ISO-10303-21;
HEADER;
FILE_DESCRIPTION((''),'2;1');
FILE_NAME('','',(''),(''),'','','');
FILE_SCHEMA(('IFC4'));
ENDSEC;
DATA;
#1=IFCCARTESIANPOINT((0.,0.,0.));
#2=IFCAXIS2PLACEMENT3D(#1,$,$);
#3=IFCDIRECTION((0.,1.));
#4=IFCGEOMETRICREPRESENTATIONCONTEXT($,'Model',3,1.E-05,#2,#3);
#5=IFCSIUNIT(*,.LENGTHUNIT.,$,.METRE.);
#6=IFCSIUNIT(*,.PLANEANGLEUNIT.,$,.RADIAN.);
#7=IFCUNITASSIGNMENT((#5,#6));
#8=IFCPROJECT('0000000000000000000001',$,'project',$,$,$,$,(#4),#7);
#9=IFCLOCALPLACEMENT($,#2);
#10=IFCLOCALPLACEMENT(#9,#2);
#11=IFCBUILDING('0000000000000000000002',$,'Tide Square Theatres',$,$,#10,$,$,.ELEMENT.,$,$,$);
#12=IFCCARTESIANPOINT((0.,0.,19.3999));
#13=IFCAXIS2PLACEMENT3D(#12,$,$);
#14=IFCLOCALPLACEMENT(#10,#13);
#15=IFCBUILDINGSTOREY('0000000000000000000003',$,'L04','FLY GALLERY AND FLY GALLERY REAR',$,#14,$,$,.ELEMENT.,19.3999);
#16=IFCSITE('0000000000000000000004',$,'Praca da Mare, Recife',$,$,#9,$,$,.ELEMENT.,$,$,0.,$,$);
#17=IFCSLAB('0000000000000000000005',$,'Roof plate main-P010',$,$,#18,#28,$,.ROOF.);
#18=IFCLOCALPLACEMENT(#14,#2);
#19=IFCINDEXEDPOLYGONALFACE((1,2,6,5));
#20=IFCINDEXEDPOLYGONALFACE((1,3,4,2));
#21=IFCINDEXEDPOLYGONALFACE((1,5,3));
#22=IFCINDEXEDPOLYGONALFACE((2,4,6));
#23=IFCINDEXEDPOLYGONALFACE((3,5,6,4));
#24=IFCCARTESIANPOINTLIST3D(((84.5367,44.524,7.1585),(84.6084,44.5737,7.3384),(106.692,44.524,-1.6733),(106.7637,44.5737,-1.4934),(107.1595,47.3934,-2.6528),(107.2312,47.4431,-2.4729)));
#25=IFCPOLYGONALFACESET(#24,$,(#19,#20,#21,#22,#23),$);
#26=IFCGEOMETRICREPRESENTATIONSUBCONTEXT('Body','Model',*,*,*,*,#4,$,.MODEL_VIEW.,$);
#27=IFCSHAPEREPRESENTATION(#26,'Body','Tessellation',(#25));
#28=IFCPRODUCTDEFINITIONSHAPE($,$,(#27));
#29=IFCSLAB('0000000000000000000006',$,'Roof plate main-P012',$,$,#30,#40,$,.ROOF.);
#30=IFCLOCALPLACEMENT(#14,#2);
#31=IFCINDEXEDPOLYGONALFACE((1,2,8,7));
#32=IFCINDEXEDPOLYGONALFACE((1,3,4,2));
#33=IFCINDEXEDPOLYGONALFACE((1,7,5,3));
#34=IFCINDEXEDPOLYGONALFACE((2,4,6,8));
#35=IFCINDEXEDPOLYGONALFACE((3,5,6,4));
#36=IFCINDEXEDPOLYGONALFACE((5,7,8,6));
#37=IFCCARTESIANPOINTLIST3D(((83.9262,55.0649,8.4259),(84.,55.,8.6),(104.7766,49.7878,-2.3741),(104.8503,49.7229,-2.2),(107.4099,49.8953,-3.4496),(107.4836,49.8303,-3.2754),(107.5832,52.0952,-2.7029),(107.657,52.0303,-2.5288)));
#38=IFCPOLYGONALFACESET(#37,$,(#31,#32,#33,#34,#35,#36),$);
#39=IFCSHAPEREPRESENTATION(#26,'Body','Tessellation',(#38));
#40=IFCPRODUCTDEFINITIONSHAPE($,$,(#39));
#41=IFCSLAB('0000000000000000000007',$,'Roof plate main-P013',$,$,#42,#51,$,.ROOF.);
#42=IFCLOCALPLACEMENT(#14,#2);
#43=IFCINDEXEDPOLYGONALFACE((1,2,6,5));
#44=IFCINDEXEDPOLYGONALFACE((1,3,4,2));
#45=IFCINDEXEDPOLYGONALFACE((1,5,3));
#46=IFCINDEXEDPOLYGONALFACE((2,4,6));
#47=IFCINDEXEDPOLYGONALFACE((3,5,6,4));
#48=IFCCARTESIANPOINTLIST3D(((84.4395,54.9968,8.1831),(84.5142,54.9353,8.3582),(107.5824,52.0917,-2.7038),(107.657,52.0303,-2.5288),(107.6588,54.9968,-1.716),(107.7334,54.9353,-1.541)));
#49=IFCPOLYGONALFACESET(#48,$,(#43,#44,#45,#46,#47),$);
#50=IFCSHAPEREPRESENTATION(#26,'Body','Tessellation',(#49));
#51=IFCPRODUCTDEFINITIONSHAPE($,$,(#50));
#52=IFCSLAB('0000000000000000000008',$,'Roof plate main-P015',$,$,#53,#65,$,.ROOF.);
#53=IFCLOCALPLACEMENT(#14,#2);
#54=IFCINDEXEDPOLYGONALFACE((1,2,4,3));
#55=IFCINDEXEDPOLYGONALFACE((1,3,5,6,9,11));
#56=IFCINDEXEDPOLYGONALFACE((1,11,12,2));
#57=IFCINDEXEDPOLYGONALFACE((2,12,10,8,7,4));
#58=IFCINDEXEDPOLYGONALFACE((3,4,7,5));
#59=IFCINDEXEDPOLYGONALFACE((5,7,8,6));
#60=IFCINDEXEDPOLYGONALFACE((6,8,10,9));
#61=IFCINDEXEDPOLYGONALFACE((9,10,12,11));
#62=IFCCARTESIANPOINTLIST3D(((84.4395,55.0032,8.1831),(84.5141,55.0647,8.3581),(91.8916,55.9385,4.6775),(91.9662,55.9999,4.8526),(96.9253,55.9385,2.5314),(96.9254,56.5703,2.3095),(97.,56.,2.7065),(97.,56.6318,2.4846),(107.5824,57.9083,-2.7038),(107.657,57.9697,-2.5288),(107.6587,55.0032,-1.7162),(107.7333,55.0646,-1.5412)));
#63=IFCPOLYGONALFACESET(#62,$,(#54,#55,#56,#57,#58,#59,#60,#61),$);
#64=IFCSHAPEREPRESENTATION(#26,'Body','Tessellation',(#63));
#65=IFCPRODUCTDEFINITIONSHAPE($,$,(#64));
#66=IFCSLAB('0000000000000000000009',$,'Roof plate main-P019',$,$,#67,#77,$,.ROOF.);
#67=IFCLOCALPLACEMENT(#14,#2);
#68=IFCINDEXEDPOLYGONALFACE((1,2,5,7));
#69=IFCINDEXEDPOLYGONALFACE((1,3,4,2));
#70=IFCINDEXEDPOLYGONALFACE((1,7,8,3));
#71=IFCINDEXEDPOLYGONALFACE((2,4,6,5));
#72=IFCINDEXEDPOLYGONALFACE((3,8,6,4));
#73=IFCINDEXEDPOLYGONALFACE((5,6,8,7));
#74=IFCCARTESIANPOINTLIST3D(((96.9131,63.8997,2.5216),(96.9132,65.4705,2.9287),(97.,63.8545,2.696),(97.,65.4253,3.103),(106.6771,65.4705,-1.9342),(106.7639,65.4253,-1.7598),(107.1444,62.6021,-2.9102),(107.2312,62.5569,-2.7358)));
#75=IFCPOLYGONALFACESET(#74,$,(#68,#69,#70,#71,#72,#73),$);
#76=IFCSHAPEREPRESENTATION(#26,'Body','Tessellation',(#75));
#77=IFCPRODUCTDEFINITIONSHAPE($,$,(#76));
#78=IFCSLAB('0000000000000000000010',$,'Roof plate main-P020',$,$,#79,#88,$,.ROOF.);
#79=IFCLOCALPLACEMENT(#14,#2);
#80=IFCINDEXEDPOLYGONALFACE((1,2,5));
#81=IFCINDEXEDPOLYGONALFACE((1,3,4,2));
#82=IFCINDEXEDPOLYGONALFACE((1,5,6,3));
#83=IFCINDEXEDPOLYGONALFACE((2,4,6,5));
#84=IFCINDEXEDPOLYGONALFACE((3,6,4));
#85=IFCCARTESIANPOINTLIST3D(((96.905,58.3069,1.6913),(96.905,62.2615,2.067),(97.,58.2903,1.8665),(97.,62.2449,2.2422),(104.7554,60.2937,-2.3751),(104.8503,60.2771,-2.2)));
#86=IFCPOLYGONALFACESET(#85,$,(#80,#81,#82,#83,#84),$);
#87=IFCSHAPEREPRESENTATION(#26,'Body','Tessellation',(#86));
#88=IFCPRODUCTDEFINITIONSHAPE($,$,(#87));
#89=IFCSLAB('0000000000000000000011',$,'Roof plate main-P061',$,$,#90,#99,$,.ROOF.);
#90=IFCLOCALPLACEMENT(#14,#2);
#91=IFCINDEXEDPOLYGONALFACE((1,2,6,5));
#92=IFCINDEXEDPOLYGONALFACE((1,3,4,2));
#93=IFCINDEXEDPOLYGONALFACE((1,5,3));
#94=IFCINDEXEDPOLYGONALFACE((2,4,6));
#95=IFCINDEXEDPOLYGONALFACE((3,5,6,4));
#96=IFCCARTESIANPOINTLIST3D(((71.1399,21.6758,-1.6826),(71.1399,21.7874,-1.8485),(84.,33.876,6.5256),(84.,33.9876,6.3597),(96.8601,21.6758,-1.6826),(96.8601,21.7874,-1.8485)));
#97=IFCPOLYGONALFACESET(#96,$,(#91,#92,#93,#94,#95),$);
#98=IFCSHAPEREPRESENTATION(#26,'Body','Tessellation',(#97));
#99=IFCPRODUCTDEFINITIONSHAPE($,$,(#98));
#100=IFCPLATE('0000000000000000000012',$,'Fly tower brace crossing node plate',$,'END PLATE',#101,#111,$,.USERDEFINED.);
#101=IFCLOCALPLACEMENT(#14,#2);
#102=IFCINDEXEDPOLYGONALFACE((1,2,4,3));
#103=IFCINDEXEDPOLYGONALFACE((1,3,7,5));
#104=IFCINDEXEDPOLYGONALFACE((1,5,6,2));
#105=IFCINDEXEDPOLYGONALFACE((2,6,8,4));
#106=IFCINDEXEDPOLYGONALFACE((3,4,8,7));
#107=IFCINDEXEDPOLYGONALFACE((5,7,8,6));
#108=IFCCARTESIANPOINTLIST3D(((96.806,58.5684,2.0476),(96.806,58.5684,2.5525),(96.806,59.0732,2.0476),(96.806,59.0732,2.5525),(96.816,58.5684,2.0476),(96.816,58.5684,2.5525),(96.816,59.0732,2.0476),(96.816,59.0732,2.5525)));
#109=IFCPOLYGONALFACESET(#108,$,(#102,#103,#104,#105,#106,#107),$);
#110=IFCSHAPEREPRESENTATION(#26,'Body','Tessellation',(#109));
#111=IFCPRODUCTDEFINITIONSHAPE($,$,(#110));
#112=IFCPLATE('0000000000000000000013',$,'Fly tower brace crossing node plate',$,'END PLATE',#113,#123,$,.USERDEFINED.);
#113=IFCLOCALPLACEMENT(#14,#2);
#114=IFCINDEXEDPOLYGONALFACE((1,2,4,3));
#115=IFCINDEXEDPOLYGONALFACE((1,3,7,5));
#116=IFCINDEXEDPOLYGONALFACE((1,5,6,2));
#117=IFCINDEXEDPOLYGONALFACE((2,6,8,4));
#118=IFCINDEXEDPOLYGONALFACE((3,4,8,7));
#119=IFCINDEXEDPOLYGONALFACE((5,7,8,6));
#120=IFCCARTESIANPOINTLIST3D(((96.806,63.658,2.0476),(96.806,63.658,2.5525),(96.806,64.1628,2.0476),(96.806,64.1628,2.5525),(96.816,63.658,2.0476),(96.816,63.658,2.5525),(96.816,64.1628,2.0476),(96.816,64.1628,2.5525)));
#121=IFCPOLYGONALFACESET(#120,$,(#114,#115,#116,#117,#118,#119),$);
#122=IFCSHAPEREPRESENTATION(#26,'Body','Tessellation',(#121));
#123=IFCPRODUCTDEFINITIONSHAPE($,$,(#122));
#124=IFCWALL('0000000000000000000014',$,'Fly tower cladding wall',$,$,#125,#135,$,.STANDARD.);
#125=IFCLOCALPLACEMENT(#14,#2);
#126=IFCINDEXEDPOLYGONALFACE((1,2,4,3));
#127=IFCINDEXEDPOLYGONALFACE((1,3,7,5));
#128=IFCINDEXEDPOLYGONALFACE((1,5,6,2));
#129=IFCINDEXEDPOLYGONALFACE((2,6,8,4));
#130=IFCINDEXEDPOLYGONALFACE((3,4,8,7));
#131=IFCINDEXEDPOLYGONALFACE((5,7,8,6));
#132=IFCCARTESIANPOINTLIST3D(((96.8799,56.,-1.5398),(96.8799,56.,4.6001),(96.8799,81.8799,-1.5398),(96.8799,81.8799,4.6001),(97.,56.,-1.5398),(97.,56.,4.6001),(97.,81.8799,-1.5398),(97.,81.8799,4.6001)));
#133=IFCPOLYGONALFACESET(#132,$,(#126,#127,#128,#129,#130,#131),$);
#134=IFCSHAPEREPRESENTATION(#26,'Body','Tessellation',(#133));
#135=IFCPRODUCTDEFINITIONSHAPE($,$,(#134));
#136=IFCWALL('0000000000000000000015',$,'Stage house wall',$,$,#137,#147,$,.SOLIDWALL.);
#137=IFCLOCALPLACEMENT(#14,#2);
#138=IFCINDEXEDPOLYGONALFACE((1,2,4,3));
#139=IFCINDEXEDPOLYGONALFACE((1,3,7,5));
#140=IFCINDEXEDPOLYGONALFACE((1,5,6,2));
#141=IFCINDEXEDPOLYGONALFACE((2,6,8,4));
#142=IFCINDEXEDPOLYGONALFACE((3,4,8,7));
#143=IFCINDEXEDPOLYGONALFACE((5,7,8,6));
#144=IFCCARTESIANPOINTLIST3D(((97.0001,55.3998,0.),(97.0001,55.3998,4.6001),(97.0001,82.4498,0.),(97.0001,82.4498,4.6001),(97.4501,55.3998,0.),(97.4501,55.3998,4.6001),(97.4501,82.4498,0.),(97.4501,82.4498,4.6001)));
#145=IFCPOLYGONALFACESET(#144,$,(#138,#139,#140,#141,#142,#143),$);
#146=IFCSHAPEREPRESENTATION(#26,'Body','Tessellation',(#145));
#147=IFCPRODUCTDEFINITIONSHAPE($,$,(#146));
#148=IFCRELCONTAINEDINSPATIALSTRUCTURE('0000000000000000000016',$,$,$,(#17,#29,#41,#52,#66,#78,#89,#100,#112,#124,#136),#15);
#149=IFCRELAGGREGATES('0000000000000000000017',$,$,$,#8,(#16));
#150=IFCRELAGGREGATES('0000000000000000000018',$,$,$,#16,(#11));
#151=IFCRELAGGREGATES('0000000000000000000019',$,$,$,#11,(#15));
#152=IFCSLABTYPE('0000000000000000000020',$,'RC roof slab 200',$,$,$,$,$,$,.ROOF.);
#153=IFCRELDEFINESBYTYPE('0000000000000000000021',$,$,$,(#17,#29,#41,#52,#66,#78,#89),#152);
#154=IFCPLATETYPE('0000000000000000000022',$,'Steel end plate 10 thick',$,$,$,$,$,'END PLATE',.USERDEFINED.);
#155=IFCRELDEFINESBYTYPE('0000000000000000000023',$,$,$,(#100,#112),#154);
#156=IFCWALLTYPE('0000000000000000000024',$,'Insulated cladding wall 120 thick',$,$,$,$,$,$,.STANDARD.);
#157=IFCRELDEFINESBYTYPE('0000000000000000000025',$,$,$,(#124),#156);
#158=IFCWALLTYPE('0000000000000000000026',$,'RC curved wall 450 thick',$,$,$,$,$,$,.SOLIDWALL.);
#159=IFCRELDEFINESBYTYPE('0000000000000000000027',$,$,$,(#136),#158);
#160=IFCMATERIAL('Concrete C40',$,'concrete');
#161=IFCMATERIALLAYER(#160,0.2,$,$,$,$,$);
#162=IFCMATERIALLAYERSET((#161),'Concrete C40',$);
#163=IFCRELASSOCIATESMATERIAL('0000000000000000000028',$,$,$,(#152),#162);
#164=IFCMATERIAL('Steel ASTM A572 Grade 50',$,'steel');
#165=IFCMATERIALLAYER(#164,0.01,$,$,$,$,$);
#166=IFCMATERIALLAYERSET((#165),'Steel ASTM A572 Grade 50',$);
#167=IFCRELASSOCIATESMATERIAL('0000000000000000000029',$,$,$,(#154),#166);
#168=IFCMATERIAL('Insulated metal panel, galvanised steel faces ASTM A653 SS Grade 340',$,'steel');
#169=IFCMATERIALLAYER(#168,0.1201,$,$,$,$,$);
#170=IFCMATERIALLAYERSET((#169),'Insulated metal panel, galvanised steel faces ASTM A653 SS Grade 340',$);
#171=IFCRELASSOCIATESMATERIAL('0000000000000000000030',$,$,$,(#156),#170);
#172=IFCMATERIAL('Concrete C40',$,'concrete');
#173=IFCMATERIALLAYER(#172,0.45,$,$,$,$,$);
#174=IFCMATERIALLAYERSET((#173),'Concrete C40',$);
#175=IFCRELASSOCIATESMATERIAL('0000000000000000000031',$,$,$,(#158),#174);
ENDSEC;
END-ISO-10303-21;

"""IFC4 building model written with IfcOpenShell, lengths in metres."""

from ifc_helpers import new_model, si_unit, direction, frame, frame_2d, origin, origin_2d, place, context, subcontext, project, spatial, polyline, rectangle, outline, extrude, material, layer, layer_set, type_object, element, save


model = new_model("IFC4")

# Units and contexts
model_context = context("Model", 3, precision=1e-05, world=origin(), true_north=direction((0.0, 1.0)))
body_context = subcontext(model_context, "Body", "Model", "MODEL_VIEW")
ifc_project = project(units=[si_unit("LENGTHUNIT", "METRE"), si_unit("PLANEANGLEUNIT", "RADIAN")], contexts=[model_context])

# Site, building, storey
site_placement = place(None, origin())
site = spatial("IfcSite", under=ifc_project, at=site_placement, Name="Praca da Mare, Recife", CompositionType="ELEMENT", RefElevation=0.0)
building_placement = place(site_placement, origin())
building = spatial("IfcBuilding", under=site, at=building_placement, Name="Tide Square Theatres", CompositionType="ELEMENT")
storey_placement = place(building_placement, frame((0.0, 0.0, 19.3999)))
storey = spatial("IfcBuildingStorey", under=building, at=storey_placement, Name="L04", Description="FLY GALLERY AND FLY GALLERY REAR", CompositionType="ELEMENT", Elevation=19.3999)

# Slabs
ifc_material_1 = material(Name="Concrete C40", Category="concrete")
ifc_layer_1 = layer(ifc_material_1, 0.2)
ifc_layer_set_1 = layer_set([ifc_layer_1], Name="Concrete C40")
slab_type = type_object("IfcSlabType", Name="RC roof slab 200", PredefinedType="ROOF", material=ifc_layer_set_1)
slab_1_placement = place(storey_placement, frame((107.2312, 47.4431, -2.4729), z_axis=(0.358661, 0.248692, 0.89973), x_axis=(-0.911287, -0.115584, 0.395216)))
element("IfcSlab", 1, at=slab_1_placement, inside=storey, type_object=slab_type, Name="Roof plate main-P010", PredefinedType="ROOF", context=body_context, shape_type="SweptSolid", body=[
    extrude(outline(polyline([(0.0, 0.0), (24.8251, 0.0), (1.1448, 2.8462), (0.0, 0.0)])), origin(), (0.0, 0.0, -1.0), 0.2),
])
slab_2_placement = place(storey_placement, frame((107.657, 52.0303, -2.5288), z_axis=(0.368944, -0.324649, 0.870909), x_axis=(-0.899093, 0.112866, 0.422957)))
element("IfcSlab", 2, at=slab_2_placement, inside=storey, type_object=slab_type, Name="Roof plate main-P012", PredefinedType="ROOF", context=body_context, shape_type="SweptSolid", body=[
    extrude(outline(polyline([(0.0, 0.0), (26.3121, 0.0), (2.4021, 2.7458), (-0.4082, 2.2936), (0.0, 0.0)])), origin(), (0.0, 0.0, -1.0), 0.2),
])
slab_3_placement = place(storey_placement, frame((107.657, 52.0303, -2.5288), z_axis=(0.373184, -0.307454, 0.875332), x_axis=(0.024897, 0.946471, 0.321827)))
element("IfcSlab", 3, at=slab_3_placement, inside=storey, type_object=slab_type, Name="Roof plate main-P013", PredefinedType="ROOF", context=body_context, shape_type="SweptSolid", body=[
    extrude(outline(polyline([(0.0, 0.0), (3.0693, 0.0), (5.6771, 25.1063), (0.0, 0.0)])), origin(), (0.0, 0.0, -1.0), 0.2),
])
slab_4_placement = place(storey_placement, frame((107.657, 57.9697, -2.5288), z_axis=(0.373195, 0.307403, 0.875345), x_axis=(-0.899091, -0.112875, 0.422959)))
element("IfcSlab", 4, at=slab_4_placement, inside=storey, type_object=slab_type, Name="Roof plate main-P015", PredefinedType="ROOF", context=body_context, shape_type="SweptSolid", body=[
    extrude(outline(polyline([(0.0, 0.0), (11.8531, 0.0), (12.0183, 0.649), (17.4518, -0.0001), (25.7402, -0.0004), (0.677, 2.9937), (0.0, 0.0)])), origin(), (0.0, 0.0, -1.0), 0.2),
])
slab_5_placement = place(storey_placement, frame((107.2312, 62.5569, -2.7358), z_axis=(0.434282, -0.225955, 0.871977), x_axis=(-0.152428, 0.935633, 0.318366)))
element("IfcSlab", 5, at=slab_5_placement, inside=storey, type_object=slab_type, Name="Roof plate main-P019", PredefinedType="ROOF", context=body_context, shape_type="SweptSolid", body=[
    extrude(outline(polyline([(0.0, 0.0), (3.0658, 0.0), (6.1022, 10.4767), (4.5029, 10.7513), (0.0, 0.0)])), origin(), (0.0, 0.0, -1.0), 0.2),
])
slab_6_placement = place(storey_placement, frame((104.8503, 60.2771, -2.2), z_axis=(0.474881, -0.08324, 0.876104), x_axis=(-0.850326, 0.213144, 0.48116)))
element("IfcSlab", 6, at=slab_6_placement, inside=storey, type_object=slab_type, Name="Roof plate main-P020", PredefinedType="ROOF", context=body_context, shape_type="SweptSolid", body=[
    extrude(outline(polyline([(0.0, 0.0), (9.2322, 0.0), (8.2085, 3.8382), (0.0, 0.0)])), origin(), (0.0, 0.0, -1.0), 0.2),
])
slab_7_placement = place(storey_placement, frame((96.8601, 21.6758, -1.6826), z_axis=(0.0, -0.558216, 0.829695), x_axis=(-0.658323, 0.624541, 0.420189)))
element("IfcSlab", 7, at=slab_7_placement, inside=storey, type_object=slab_type, Name="Roof plate main-P061", PredefinedType="ROOF", context=body_context, shape_type="SweptSolid", body=[
    extrude(outline(polyline([(0.0, 0.0), (19.5346, 0.0), (16.9322, 19.3605), (0.0, 0.0)])), origin(), (0.0, 0.0, -1.0), 0.2),
])

# Plates
ifc_material_2 = material(Name="Steel ASTM A572 Grade 50", Category="steel")
ifc_layer_2 = layer(ifc_material_2, 0.01)
ifc_layer_set_2 = layer_set([ifc_layer_2], Name="Steel ASTM A572 Grade 50")
plate_type = type_object("IfcPlateType", Name="Steel end plate 10 thick", ElementType="END PLATE", PredefinedType="USERDEFINED", material=ifc_layer_set_2)
for number, where, z_axis, x_axis, name in (
    (8, (96.811, 58.8208, 2.0476), (0.0, 0.0, 1.0), (1.0, 0.0, 0.0), "Fly tower brace crossing node plate"),
    (9, (96.811, 63.9104, 2.0476), (0.0, 0.0, 1.0), (1.0, 0.0, 0.0), "Fly tower brace crossing node plate"),
):
    element("IfcPlate", number, at=place(storey_placement, frame(where, z_axis=z_axis, x_axis=x_axis)), inside=storey, type_object=plate_type, Name=name, ObjectType="END PLATE", PredefinedType="USERDEFINED", context=body_context, shape_type="SweptSolid", body=[
        extrude(rectangle(XDim=0.01, YDim=0.5049, at=origin_2d()), origin(), (0.0, 0.0, 1.0), 0.5049),
    ])

# Walls
ifc_material_3 = material(Name="Insulated metal panel, galvanised steel faces ASTM A653 SS Grade 340", Category="steel")
ifc_layer_3 = layer(ifc_material_3, 0.1201)
ifc_layer_set_3 = layer_set([ifc_layer_3], Name="Insulated metal panel, galvanised steel faces ASTM A653 SS Grade 340")
wall_type_1 = type_object("IfcWallType", Name="Insulated cladding wall 120 thick", PredefinedType="STANDARD", material=ifc_layer_set_3)
wall_1_placement = place(storey_placement, frame((96.9399, 56.0, -1.5398), z_axis=(0.0, 0.0, 1.0), x_axis=(0.0, 1.0, 0.0)))
element("IfcWall", 10, at=wall_1_placement, inside=storey, type_object=wall_type_1, Name="Fly tower cladding wall", PredefinedType="STANDARD", context=body_context, shape_type="SweptSolid", body=[
    extrude(rectangle(XDim=25.8799, YDim=0.1201, at=frame_2d((12.9399, 0.0))), origin(), (0.0, 0.0, 1.0), 6.1399),
])
ifc_material_4 = material(Name="Concrete C40", Category="concrete")
ifc_layer_4 = layer(ifc_material_4, 0.45)
ifc_layer_set_4 = layer_set([ifc_layer_4], Name="Concrete C40")
wall_type_2 = type_object("IfcWallType", Name="RC curved wall 450 thick", PredefinedType="SOLIDWALL", material=ifc_layer_set_4)
wall_2_placement = place(storey_placement, frame((97.2251, 55.3999, 0.0), z_axis=(0.0, 0.0, 1.0), x_axis=(0.0, 1.0, 0.0)))
element("IfcWall", 11, at=wall_2_placement, inside=storey, type_object=wall_type_2, Name="Stage house wall", PredefinedType="SOLIDWALL", context=body_context, shape_type="SweptSolid", body=[
    extrude(rectangle(XDim=27.05, YDim=0.45, at=frame_2d((13.5249, 0.0))), origin(), (0.0, 0.0, 1.0), 4.6001),
])

save(model, "model.ifc")
